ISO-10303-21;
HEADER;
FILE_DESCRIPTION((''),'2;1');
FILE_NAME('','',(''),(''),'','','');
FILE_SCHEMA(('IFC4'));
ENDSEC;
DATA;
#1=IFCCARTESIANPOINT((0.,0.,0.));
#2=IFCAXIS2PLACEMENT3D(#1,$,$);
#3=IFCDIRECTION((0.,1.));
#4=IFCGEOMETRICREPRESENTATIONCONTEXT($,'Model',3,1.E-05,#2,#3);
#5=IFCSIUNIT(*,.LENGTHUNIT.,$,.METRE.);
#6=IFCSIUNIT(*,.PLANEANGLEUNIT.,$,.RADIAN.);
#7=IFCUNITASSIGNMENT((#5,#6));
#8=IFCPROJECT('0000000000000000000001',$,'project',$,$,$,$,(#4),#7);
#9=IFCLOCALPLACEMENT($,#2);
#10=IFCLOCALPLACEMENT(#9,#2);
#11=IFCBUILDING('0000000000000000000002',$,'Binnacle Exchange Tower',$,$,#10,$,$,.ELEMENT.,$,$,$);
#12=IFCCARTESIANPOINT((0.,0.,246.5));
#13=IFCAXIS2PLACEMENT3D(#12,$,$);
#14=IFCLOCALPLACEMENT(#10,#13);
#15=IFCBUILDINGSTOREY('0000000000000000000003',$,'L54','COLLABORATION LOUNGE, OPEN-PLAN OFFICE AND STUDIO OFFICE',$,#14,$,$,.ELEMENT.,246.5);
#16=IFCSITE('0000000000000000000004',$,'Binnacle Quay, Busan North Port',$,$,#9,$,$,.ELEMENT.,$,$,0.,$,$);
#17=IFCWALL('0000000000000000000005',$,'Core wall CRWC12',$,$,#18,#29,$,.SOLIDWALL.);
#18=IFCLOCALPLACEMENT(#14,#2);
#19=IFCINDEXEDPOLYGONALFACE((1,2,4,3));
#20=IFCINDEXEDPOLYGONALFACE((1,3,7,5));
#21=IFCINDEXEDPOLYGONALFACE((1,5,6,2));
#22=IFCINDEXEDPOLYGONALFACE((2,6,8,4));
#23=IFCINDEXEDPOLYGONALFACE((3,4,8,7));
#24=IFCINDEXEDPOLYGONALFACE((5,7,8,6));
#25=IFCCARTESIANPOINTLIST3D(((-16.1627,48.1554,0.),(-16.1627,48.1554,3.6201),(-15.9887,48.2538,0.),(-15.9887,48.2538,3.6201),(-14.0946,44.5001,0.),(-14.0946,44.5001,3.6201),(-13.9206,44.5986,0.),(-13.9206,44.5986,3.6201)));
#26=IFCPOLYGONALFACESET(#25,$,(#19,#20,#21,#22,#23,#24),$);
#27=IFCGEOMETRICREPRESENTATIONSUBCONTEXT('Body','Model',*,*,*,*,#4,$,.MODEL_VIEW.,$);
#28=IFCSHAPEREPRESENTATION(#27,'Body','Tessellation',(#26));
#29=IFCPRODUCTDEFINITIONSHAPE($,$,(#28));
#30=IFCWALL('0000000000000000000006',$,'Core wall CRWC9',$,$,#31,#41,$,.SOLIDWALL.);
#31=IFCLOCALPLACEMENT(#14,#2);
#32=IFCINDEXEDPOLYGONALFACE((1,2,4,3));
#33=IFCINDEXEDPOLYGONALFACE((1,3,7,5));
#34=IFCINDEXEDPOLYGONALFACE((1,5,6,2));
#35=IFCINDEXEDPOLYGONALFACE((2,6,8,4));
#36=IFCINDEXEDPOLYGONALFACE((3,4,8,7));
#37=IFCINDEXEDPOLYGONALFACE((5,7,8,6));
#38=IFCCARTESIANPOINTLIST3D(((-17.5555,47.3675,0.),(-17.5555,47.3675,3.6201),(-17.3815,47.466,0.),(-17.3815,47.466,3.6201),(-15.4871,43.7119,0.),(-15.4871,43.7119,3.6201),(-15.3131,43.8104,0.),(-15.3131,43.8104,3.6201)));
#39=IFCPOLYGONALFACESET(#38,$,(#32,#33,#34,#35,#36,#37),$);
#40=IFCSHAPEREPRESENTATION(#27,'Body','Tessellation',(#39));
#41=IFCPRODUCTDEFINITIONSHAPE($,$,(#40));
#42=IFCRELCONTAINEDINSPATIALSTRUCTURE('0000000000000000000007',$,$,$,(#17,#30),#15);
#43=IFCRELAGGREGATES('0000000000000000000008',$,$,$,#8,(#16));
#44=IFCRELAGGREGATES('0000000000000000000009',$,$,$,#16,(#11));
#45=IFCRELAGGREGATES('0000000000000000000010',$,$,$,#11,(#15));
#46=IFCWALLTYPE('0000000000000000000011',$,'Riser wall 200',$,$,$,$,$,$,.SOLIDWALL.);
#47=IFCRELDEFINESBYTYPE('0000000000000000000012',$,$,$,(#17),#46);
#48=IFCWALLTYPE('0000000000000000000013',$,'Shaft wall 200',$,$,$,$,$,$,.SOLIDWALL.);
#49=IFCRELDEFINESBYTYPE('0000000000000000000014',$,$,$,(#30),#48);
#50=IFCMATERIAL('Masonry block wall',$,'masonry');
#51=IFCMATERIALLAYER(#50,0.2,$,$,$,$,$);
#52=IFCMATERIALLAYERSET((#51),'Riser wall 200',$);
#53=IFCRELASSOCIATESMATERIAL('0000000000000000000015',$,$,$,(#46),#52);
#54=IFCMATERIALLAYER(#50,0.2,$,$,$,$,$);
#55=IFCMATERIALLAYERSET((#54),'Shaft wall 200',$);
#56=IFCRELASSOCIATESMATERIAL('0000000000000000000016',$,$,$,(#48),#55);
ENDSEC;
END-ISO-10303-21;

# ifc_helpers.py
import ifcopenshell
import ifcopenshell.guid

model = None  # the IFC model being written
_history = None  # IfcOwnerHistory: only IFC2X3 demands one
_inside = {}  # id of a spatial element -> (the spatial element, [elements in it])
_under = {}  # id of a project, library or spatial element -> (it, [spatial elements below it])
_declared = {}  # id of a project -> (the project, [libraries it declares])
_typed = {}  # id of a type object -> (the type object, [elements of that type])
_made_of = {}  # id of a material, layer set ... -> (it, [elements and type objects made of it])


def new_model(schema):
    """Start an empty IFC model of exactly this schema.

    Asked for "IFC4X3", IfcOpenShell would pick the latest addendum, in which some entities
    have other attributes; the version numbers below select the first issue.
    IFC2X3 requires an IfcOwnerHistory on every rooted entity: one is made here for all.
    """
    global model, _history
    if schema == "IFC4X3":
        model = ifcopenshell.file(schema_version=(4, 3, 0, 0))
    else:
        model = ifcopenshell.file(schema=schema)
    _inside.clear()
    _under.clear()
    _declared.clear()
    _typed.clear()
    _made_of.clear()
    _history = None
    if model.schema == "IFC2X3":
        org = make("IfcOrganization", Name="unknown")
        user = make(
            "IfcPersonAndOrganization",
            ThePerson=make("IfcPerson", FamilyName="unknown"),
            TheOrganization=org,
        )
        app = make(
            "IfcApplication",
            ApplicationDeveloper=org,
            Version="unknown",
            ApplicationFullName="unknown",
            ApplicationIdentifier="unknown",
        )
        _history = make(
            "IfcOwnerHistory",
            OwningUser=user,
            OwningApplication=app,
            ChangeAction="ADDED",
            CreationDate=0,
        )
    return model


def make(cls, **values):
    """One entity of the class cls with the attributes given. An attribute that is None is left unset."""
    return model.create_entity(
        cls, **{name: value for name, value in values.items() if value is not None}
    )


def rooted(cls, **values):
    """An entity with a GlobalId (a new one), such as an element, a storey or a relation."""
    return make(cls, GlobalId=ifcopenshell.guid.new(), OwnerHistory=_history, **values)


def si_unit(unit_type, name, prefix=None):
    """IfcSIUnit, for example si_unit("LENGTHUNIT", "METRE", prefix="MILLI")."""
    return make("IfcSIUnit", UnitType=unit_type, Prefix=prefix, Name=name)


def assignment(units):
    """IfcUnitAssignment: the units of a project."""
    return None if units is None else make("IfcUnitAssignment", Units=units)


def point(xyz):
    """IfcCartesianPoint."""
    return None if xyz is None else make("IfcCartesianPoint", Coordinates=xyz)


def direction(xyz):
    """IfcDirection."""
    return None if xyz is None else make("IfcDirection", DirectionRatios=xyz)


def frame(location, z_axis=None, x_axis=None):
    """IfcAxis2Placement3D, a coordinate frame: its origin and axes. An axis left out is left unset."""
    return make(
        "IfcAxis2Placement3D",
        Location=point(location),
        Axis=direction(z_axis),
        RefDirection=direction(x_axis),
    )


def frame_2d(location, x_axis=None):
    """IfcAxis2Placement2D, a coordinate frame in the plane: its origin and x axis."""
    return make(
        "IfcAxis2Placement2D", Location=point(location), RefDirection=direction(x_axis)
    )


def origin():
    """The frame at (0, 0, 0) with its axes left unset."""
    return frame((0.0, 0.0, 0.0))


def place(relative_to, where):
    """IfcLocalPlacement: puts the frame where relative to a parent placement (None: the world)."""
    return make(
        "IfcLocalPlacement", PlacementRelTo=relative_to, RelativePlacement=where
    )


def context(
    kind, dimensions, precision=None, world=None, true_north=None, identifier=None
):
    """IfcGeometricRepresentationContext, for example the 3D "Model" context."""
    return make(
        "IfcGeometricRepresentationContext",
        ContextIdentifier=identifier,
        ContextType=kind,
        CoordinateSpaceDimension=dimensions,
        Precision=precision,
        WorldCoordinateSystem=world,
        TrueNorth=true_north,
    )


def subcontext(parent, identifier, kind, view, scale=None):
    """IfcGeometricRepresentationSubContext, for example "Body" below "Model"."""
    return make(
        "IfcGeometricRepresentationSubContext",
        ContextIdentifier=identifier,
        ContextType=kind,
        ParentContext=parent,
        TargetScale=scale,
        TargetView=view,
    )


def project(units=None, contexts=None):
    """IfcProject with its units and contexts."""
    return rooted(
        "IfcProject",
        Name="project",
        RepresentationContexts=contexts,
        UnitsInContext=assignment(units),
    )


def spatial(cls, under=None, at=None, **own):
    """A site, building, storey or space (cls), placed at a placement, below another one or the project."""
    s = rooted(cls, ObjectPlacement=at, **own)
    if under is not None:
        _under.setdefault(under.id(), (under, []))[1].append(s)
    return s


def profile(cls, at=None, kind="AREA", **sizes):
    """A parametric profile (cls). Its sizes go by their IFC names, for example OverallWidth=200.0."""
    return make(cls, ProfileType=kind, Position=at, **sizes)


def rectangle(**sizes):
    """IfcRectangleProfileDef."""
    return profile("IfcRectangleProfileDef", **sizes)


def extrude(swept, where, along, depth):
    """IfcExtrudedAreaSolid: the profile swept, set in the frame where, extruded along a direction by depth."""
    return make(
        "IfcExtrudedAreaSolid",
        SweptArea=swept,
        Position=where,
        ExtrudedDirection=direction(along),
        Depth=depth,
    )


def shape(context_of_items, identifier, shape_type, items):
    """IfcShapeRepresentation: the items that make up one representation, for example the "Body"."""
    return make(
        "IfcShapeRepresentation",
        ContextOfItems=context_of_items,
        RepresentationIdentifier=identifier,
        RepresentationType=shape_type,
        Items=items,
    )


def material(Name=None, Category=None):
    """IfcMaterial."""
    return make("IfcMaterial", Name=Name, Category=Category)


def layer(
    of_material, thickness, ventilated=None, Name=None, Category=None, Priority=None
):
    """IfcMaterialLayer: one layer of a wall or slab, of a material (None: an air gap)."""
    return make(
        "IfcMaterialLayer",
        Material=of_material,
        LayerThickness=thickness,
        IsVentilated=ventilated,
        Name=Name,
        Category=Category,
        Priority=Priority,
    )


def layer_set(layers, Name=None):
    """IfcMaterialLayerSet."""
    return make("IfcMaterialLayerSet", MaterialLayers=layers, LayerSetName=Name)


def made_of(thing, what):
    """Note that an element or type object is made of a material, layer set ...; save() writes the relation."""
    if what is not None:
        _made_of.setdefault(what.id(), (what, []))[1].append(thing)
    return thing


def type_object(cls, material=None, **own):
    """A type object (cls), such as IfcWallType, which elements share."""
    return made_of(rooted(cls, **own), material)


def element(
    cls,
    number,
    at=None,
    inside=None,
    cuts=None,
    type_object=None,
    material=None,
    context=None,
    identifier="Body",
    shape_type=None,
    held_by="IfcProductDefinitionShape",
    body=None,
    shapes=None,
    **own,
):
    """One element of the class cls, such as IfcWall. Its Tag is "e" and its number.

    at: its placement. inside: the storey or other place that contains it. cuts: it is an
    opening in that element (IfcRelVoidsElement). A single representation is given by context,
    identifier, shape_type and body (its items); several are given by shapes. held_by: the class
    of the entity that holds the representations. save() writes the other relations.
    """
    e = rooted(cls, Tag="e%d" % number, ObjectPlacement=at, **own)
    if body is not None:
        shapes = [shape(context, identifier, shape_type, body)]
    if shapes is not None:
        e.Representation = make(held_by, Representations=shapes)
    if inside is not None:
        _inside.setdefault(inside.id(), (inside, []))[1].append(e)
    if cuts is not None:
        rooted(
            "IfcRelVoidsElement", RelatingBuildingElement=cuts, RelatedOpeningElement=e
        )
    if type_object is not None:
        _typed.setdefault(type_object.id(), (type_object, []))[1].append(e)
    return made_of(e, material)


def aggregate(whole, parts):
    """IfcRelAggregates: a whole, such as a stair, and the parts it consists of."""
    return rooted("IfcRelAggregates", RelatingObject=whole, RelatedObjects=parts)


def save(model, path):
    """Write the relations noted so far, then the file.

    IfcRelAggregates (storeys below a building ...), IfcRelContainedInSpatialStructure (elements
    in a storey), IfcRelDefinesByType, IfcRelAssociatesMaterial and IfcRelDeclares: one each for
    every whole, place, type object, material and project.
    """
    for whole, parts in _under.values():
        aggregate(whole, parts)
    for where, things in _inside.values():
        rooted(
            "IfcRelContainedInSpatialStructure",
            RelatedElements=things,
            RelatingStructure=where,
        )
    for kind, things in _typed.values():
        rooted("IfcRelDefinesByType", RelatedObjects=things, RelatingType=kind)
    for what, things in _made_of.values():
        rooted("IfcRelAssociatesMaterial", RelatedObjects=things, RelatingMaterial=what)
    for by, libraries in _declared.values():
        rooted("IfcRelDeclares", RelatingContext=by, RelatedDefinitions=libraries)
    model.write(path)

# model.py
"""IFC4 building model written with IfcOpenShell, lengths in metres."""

from ifc_helpers import new_model, si_unit, direction, frame, frame_2d, origin, place, context, subcontext, project, spatial, rectangle, extrude, material, layer, layer_set, type_object, element, save


model = new_model("IFC4")

# Units and contexts
model_context = context("Model", 3, precision=1e-05, world=origin(), true_north=direction((0.0, 1.0)))
body_context = subcontext(model_context, "Body", "Model", "MODEL_VIEW")
ifc_project = project(units=[si_unit("LENGTHUNIT", "METRE"), si_unit("PLANEANGLEUNIT", "RADIAN")], contexts=[model_context])

# Site, building, storey
site_placement = place(None, origin())
site = spatial("IfcSite", under=ifc_project, at=site_placement, Name="Binnacle Quay, Busan North Port", CompositionType="ELEMENT", RefElevation=0.0)
building_placement = place(site_placement, origin())
building = spatial("IfcBuilding", under=site, at=building_placement, Name="Binnacle Exchange Tower", CompositionType="ELEMENT")
storey_placement = place(building_placement, frame((0.0, 0.0, 246.5)))
storey = spatial("IfcBuildingStorey", under=building, at=storey_placement, Name="L54", Description="COLLABORATION LOUNGE, OPEN-PLAN OFFICE AND STUDIO OFFICE", CompositionType="ELEMENT", Elevation=246.5)

# Walls
ifc_material_1 = material(Name="Masonry block wall", Category="masonry")
ifc_layer_1 = layer(ifc_material_1, 0.2)
ifc_layer_set_1 = layer_set([ifc_layer_1], Name="Riser wall 200")
wall_type_1 = type_object("IfcWallType", Name="Riser wall 200", PredefinedType="SOLIDWALL", material=ifc_layer_set_1)
wall_1_placement = place(storey_placement, frame((-16.0757, 48.2046, 0.0), z_axis=(0.0, 0.0, 1.0), x_axis=(0.492435, -0.870349, 0.0)))
element("IfcWall", 1, at=wall_1_placement, inside=storey, type_object=wall_type_1, Name="Core wall CRWC12", PredefinedType="SOLIDWALL", context=body_context, shape_type="SweptSolid", body=[
    extrude(rectangle(XDim=4.1997, YDim=0.2, at=frame_2d((2.0999, 0.0))), origin(), (0.0, 0.0, 1.0), 3.6201),
])
ifc_layer_2 = layer(ifc_material_1, 0.2)
ifc_layer_set_2 = layer_set([ifc_layer_2], Name="Shaft wall 200")
wall_type_2 = type_object("IfcWallType", Name="Shaft wall 200", PredefinedType="SOLIDWALL", material=ifc_layer_set_2)
wall_2_placement = place(storey_placement, frame((-17.4685, 47.4167, 0.0), z_axis=(0.0, 0.0, 1.0), x_axis=(0.492454, -0.870339, 0.0)))
element("IfcWall", 2, at=wall_2_placement, inside=storey, type_object=wall_type_2, Name="Core wall CRWC9", PredefinedType="SOLIDWALL", context=body_context, shape_type="SweptSolid", body=[
    extrude(rectangle(XDim=4.2002, YDim=0.2, at=frame_2d((2.1001, 0.0))), origin(), (0.0, 0.0, 1.0), 3.6201),
])

save(model, "model.ifc")
